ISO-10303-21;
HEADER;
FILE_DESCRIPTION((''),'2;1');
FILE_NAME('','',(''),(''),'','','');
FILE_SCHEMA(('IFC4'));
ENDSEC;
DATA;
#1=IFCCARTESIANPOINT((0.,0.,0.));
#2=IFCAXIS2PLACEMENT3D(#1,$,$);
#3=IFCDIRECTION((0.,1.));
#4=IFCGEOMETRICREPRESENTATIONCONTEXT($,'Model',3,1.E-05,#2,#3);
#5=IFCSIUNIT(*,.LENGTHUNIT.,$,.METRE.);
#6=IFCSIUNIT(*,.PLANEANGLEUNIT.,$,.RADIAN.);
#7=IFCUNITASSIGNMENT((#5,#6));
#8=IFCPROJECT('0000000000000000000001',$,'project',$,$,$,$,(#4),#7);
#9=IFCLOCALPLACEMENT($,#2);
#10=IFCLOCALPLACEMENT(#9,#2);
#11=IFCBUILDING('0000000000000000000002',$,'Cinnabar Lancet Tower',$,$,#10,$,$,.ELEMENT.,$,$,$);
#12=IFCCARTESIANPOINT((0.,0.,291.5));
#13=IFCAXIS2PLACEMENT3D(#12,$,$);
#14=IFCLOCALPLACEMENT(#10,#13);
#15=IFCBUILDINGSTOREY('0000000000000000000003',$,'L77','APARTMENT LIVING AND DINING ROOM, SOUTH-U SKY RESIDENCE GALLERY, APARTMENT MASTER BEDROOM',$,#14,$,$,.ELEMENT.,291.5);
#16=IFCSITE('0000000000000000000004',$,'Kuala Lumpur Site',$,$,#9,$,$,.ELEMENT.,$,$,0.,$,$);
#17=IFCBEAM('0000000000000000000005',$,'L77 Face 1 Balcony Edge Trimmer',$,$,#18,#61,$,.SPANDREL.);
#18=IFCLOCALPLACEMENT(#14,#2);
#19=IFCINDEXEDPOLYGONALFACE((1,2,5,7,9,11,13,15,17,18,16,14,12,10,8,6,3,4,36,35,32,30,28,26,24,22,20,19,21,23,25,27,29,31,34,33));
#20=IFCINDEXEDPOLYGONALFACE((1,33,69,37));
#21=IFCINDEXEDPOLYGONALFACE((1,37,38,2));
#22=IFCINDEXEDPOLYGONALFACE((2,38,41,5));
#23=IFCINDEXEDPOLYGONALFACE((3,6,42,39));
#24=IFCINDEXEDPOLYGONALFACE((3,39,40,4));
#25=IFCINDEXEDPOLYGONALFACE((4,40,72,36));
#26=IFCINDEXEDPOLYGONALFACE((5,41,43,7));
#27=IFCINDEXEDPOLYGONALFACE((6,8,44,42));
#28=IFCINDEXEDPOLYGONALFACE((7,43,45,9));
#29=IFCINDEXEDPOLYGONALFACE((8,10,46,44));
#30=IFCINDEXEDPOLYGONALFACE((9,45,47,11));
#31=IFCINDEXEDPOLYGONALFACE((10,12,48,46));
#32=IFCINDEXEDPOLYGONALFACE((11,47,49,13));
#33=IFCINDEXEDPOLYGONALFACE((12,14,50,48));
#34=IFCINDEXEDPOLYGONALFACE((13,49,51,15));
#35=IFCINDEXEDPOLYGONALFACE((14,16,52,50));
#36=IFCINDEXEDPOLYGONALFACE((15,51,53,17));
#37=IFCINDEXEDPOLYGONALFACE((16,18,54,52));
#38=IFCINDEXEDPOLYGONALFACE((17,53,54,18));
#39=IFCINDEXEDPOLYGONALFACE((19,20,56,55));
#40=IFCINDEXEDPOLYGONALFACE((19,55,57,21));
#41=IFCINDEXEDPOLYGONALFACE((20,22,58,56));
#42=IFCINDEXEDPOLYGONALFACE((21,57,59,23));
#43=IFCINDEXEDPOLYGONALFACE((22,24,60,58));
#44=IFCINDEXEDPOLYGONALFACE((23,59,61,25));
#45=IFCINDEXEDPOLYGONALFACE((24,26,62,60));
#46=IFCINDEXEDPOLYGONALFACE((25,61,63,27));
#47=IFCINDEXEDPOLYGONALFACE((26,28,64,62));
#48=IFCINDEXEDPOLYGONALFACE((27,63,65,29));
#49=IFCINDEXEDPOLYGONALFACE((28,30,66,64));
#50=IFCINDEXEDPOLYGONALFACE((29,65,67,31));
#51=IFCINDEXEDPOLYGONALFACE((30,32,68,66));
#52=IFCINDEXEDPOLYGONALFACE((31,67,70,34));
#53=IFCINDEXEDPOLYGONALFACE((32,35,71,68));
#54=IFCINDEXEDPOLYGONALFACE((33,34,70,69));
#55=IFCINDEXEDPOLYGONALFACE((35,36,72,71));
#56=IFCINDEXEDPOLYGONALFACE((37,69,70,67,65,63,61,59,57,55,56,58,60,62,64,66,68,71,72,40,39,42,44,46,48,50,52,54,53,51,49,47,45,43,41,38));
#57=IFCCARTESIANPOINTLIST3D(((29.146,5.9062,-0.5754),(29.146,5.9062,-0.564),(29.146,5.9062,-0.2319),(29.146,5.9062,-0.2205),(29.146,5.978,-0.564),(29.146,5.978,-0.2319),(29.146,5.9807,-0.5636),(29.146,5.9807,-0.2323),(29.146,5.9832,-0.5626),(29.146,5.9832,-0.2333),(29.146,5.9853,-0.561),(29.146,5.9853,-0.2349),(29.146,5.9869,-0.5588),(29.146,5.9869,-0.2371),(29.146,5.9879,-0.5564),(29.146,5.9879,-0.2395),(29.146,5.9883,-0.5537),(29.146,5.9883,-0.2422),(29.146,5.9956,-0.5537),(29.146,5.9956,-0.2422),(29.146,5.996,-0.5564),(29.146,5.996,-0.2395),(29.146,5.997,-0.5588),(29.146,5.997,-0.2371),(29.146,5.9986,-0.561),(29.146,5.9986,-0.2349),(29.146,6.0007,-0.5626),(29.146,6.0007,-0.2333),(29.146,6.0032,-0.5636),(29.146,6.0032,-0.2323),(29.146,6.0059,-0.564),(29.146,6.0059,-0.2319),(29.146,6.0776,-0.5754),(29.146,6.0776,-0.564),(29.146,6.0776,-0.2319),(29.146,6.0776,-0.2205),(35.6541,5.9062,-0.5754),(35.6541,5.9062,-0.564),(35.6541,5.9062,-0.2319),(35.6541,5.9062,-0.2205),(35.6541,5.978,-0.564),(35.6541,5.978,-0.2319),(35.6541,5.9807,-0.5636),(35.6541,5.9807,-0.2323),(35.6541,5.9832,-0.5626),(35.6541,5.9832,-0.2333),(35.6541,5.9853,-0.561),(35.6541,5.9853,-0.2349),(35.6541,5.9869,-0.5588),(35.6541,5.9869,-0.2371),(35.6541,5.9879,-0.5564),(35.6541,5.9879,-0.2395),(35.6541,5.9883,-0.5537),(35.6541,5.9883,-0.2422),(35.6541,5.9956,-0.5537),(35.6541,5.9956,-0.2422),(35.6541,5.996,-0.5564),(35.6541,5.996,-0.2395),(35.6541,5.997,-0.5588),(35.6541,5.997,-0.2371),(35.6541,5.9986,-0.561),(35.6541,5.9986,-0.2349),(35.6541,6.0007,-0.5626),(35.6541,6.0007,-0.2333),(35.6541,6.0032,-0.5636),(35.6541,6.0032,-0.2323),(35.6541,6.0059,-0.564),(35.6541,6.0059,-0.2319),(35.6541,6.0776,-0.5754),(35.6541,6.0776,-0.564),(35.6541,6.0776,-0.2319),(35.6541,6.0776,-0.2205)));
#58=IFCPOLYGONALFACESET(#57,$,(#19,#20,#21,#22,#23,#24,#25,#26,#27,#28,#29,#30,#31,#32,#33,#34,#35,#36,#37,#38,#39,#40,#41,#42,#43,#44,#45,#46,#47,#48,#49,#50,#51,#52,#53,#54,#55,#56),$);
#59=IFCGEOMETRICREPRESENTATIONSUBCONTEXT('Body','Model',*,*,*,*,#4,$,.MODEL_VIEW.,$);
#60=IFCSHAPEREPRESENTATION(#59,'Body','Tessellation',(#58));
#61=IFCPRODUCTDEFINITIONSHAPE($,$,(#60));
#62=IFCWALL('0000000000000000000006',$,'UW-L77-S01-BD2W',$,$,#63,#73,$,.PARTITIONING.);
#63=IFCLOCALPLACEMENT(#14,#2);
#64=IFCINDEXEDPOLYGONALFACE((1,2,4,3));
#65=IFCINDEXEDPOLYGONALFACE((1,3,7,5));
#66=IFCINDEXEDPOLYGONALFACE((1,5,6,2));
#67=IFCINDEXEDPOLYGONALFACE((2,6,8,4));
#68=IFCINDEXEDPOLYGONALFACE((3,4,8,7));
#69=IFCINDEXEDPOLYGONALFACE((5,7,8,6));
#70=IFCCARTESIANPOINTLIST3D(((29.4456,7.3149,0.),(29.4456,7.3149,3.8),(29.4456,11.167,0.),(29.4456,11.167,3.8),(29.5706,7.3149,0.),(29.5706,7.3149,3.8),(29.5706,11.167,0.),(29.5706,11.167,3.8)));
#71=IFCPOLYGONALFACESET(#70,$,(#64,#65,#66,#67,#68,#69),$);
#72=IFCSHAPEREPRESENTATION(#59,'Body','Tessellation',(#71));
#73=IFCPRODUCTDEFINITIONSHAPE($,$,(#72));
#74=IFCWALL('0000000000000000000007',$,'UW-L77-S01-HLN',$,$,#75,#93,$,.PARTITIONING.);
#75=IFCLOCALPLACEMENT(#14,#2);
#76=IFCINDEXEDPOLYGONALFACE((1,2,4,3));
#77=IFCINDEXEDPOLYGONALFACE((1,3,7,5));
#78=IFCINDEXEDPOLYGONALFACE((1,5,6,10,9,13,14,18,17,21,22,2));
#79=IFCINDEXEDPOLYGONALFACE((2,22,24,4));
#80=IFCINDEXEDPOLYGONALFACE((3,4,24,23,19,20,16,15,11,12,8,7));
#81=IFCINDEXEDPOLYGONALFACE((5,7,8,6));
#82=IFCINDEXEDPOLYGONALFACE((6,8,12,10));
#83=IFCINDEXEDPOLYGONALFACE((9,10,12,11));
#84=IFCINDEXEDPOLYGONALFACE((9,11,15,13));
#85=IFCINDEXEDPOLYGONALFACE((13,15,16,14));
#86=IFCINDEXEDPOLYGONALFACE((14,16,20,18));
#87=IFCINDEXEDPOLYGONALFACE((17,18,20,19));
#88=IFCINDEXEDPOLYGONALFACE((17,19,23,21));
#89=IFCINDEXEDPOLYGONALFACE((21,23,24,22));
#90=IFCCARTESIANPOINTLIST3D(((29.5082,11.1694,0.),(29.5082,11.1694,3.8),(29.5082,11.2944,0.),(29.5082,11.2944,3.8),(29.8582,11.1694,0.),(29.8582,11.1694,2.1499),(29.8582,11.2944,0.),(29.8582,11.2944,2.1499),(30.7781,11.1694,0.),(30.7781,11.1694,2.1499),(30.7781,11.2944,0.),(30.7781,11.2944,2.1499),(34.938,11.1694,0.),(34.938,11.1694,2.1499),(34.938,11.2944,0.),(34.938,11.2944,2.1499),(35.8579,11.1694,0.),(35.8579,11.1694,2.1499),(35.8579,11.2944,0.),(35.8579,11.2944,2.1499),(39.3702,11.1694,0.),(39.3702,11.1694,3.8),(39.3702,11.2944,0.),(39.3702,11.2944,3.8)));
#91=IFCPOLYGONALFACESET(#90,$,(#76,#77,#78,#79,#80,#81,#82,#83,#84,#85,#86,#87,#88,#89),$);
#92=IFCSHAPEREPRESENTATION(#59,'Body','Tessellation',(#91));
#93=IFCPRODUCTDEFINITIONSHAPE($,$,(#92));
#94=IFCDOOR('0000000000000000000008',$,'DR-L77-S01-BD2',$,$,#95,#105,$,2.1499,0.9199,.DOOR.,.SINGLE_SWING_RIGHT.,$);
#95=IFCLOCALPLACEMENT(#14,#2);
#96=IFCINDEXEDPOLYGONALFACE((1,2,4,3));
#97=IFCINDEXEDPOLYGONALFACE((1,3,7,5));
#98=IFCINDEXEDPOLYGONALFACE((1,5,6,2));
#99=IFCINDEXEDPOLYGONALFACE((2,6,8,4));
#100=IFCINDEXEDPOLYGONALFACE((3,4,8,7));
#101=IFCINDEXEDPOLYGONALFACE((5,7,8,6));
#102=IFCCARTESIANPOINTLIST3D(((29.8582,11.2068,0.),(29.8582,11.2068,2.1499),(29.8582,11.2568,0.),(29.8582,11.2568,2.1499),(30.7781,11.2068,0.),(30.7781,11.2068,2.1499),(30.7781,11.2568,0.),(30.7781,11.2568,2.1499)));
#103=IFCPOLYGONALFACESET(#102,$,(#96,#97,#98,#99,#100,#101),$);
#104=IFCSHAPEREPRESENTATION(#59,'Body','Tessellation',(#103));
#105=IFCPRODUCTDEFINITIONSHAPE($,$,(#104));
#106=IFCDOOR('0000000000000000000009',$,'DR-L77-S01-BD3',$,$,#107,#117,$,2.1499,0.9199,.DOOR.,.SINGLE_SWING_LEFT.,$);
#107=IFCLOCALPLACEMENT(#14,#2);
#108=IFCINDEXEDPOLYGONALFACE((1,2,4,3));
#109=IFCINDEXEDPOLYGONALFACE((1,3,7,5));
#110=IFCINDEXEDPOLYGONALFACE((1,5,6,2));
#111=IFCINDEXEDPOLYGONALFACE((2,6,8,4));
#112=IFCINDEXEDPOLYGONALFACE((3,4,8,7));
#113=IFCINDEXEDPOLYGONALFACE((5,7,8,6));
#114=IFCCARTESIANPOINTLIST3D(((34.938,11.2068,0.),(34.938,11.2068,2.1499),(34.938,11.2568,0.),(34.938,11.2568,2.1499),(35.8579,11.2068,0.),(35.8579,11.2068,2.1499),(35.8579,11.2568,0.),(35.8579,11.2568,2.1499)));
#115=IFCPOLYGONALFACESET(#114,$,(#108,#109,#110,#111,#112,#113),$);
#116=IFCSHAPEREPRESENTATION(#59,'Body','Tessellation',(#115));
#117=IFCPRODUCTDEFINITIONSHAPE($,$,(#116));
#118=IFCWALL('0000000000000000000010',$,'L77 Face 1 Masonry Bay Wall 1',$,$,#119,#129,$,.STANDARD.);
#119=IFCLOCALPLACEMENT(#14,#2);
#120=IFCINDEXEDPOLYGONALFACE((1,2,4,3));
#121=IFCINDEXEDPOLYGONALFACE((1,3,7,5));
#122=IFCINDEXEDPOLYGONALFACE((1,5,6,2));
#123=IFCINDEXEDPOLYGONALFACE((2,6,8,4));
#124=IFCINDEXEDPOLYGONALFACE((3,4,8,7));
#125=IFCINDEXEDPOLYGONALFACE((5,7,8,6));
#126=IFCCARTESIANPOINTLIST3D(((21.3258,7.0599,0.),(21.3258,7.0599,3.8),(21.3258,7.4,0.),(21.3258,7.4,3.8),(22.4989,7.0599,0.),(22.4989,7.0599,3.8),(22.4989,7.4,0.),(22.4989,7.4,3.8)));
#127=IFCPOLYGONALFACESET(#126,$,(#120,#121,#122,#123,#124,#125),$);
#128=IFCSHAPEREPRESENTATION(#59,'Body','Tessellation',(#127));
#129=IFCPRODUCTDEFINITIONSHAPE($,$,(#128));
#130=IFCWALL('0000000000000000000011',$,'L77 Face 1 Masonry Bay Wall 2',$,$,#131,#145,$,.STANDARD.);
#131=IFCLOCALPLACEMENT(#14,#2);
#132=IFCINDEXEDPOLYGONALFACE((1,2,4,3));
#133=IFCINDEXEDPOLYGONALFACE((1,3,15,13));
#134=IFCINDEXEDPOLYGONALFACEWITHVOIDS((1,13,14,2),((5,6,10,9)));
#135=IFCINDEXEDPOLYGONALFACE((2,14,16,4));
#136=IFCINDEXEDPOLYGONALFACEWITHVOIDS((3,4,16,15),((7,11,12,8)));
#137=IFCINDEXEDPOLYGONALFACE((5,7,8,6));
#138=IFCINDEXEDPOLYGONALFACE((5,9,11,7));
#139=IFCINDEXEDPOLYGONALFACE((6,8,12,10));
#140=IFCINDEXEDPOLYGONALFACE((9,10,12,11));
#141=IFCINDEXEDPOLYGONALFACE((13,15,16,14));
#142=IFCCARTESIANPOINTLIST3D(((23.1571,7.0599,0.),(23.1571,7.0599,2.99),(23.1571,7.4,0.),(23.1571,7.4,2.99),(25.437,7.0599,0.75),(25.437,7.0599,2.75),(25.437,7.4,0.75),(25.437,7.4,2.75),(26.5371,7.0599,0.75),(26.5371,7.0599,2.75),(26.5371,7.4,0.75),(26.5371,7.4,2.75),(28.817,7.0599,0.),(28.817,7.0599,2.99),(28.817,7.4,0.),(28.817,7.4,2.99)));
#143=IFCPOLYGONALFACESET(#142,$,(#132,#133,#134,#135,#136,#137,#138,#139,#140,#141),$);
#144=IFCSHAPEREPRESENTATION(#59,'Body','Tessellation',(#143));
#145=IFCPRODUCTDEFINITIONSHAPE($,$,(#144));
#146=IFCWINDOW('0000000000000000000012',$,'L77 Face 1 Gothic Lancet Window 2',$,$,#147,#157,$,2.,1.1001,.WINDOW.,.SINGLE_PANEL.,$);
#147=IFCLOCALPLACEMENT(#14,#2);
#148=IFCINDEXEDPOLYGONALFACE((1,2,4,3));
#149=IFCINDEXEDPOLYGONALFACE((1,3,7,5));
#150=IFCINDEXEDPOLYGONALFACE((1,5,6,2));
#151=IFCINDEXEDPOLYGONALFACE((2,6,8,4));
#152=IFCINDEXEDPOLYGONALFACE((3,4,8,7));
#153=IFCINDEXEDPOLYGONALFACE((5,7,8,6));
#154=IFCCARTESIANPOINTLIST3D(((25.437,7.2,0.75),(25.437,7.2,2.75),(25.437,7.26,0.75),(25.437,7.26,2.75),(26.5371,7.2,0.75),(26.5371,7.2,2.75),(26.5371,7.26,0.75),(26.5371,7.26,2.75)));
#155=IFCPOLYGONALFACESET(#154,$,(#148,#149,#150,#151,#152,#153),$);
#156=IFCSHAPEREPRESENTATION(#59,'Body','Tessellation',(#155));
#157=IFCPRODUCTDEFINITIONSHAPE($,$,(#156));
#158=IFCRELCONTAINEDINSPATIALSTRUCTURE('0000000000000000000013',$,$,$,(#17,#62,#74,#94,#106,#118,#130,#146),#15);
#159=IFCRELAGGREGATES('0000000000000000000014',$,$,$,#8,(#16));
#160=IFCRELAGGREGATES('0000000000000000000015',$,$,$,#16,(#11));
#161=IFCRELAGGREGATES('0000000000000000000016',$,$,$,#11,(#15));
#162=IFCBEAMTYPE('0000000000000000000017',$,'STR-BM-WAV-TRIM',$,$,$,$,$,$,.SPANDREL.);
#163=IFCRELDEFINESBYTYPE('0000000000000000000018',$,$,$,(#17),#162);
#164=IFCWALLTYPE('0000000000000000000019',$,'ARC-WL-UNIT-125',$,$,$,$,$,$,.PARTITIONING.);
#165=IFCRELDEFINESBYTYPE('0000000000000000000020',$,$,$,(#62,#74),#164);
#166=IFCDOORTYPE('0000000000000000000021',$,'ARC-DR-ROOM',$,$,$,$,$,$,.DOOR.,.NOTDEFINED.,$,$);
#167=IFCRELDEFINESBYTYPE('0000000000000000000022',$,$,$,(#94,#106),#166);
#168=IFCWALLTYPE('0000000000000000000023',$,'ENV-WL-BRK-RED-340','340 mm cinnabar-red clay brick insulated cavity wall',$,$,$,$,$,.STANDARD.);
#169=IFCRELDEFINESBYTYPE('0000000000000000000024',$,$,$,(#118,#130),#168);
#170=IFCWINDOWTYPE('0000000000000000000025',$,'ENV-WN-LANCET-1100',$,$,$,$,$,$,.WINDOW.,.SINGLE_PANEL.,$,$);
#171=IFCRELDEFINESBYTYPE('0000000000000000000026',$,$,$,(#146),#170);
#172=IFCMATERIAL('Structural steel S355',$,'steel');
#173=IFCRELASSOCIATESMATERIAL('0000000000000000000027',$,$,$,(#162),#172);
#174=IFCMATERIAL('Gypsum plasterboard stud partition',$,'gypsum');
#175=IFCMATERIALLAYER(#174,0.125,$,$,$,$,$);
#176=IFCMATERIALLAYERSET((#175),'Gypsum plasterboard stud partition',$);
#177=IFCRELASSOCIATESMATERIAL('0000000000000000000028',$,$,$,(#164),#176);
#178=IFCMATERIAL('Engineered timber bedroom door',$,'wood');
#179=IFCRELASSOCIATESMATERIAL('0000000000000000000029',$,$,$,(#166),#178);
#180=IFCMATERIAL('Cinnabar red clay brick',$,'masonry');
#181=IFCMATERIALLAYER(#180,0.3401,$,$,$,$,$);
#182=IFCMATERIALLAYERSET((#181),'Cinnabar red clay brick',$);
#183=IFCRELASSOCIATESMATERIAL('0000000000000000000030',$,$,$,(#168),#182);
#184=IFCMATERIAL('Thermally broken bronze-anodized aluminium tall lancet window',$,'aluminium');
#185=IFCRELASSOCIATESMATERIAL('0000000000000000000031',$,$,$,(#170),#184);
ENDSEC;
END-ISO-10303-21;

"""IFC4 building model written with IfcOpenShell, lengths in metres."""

from ifc_helpers import new_model, si_unit, direction, frame, frame_2d, origin, origin_2d, place, context, subcontext, project, spatial, rectangle, i_section, extrude, material, layer, layer_set, material_profile, profile_set, type_object, element, fill, save


model = new_model("IFC4")

# Units and contexts
model_context = context("Model", 3, precision=1e-05, world=origin(), true_north=direction((0.0, 1.0)))
body_context = subcontext(model_context, "Body", "Model", "MODEL_VIEW")
ifc_project = project(units=[si_unit("LENGTHUNIT", "METRE"), si_unit("PLANEANGLEUNIT", "RADIAN")], contexts=[model_context])

# Site, building, storey
site_placement = place(None, origin())
site = spatial("IfcSite", under=ifc_project, at=site_placement, Name="Kuala Lumpur Site", CompositionType="ELEMENT", RefElevation=0.0)
building_placement = place(site_placement, origin())
building = spatial("IfcBuilding", under=site, at=building_placement, Name="Cinnabar Lancet Tower", CompositionType="ELEMENT")
storey_placement = place(building_placement, frame((0.0, 0.0, 291.5)))
storey = spatial("IfcBuildingStorey", under=building, at=storey_placement, Name="L77", Description="APARTMENT LIVING AND DINING ROOM, SOUTH-U SKY RESIDENCE GALLERY, APARTMENT MASTER BEDROOM", CompositionType="ELEMENT", Elevation=291.5)

# Beam
ifc_material_1 = material(Name="Structural steel S355", Category="steel")
ifc_material_profile_1 = material_profile(ifc_material_1, i_section(OverallWidth=0.1714, OverallDepth=0.355, WebThickness=0.0073, FlangeThickness=0.0115, FilletRadius=0.0103, at=origin_2d()), Name="UKB 356x171x51")
ifc_profile_set_1 = profile_set([ifc_material_profile_1], Name="Structural steel S355")
beam_type_1 = type_object("IfcBeamType", Name="STR-BM-WAV-TRIM", PredefinedType="SPANDREL", material=ifc_profile_set_1)
beam_1_placement = place(storey_placement, frame((29.146, 5.9919, -0.3979), z_axis=(1.0, 0.0, 0.0), x_axis=(0.0, 1.0, 0.0)))
element("IfcBeam", 1, at=beam_1_placement, inside=storey, type_object=beam_type_1, Name="L77 Face 1 Balcony Edge Trimmer", PredefinedType="SPANDREL", context=body_context, shape_type="SweptSolid", body=[
    extrude(i_section(OverallWidth=0.1714, OverallDepth=0.355, WebThickness=0.0073, FlangeThickness=0.0115, FilletRadius=0.0103, at=origin_2d()), origin(), (0.0, 0.0, 1.0), 6.5081),
])

# Wall
ifc_material_2 = material(Name="Gypsum plasterboard stud partition", Category="gypsum")
ifc_layer_1 = layer(ifc_material_2, 0.125)
ifc_layer_set_1 = layer_set([ifc_layer_1], Name="Gypsum plasterboard stud partition")
wall_type_1 = type_object("IfcWallType", Name="ARC-WL-UNIT-125", PredefinedType="PARTITIONING", material=ifc_layer_set_1)
wall_1_placement = place(storey_placement, frame((29.5081, 7.3149, 0.0), z_axis=(0.0, 0.0, 1.0), x_axis=(0.0, 1.0, 0.0)))
element("IfcWall", 2, at=wall_1_placement, inside=storey, type_object=wall_type_1, Name="UW-L77-S01-BD2W", PredefinedType="PARTITIONING", context=body_context, shape_type="SweptSolid", body=[
    extrude(rectangle(XDim=3.8521, YDim=0.125, at=frame_2d((1.926, 0.0))), origin(), (0.0, 0.0, 1.0), 3.8),
])

# Wall, openings, doors
wall_2_placement = place(storey_placement, frame((29.5081, 11.2319, 0.0), z_axis=(0.0, 0.0, 1.0), x_axis=(1.0, 0.0, 0.0)))
wall_2 = element("IfcWall", 3, at=wall_2_placement, inside=storey, type_object=wall_type_1, Name="UW-L77-S01-HLN", PredefinedType="PARTITIONING", context=body_context, shape_type="SweptSolid", body=[
    extrude(rectangle(XDim=9.8621, YDim=0.125, at=frame_2d((4.9312, 0.0))), origin(), (0.0, 0.0, 1.0), 3.8),
])
opening_1_placement = place(wall_2_placement, frame((0.3501, 0.0, 0.0)))
opening_1 = element("IfcOpeningElement", 4, at=opening_1_placement, cuts=wall_2, PredefinedType="OPENING", context=body_context, shape_type="SweptSolid", body=[
    extrude(rectangle(XDim=0.9199, YDim=2.1499, at=frame_2d((0.46, 1.075))), frame((0.0, 0.0725, 0.0), z_axis=(0.0, -1.0, 0.0), x_axis=(1.0, 0.0, 0.0)), (0.0, 0.0, 1.0), 0.145),
])
opening_2_placement = place(wall_2_placement, frame((5.4299, 0.0, 0.0)))
opening_2 = element("IfcOpeningElement", 5, at=opening_2_placement, cuts=wall_2, PredefinedType="OPENING", context=body_context, shape_type="SweptSolid", body=[
    extrude(rectangle(XDim=0.9199, YDim=2.1499, at=frame_2d((0.46, 1.075))), frame((0.0, 0.0725, 0.0), z_axis=(0.0, -1.0, 0.0), x_axis=(1.0, 0.0, 0.0)), (0.0, 0.0, 1.0), 0.145),
])
ifc_material_3 = material(Name="Engineered timber bedroom door", Category="wood")
door_type_1 = type_object("IfcDoorType", Name="ARC-DR-ROOM", OperationType="NOTDEFINED", PredefinedType="DOOR", material=ifc_material_3)
door_1_placement = place(opening_1_placement, origin())
door_1 = element("IfcDoor", 6, at=door_1_placement, inside=storey, type_object=door_type_1, Name="DR-L77-S01-BD2", OperationType="SINGLE_SWING_RIGHT", OverallHeight=2.1499, OverallWidth=0.9199, PredefinedType="DOOR", context=body_context, shape_type="SweptSolid", body=[
    extrude(rectangle(XDim=0.9199, YDim=2.1499, at=frame_2d((0.46, 1.075))), frame((0.0, 0.0249, 0.0), z_axis=(0.0, -1.0, 0.0), x_axis=(1.0, 0.0, 0.0)), (0.0, 0.0, 1.0), 0.05),
])
fill(opening_1, door_1)
door_2_placement = place(opening_2_placement, origin())
door_2 = element("IfcDoor", 7, at=door_2_placement, inside=storey, type_object=door_type_1, Name="DR-L77-S01-BD3", OperationType="SINGLE_SWING_LEFT", OverallHeight=2.1499, OverallWidth=0.9199, PredefinedType="DOOR", context=body_context, shape_type="SweptSolid", body=[
    extrude(rectangle(XDim=0.9199, YDim=2.1499, at=frame_2d((0.46, 1.075))), frame((0.0, 0.0249, 0.0), z_axis=(0.0, -1.0, 0.0), x_axis=(1.0, 0.0, 0.0)), (0.0, 0.0, 1.0), 0.05),
])
fill(opening_2, door_2)

# Wall
ifc_material_4 = material(Name="Cinnabar red clay brick", Category="masonry")
ifc_layer_2 = layer(ifc_material_4, 0.3401)
ifc_layer_set_2 = layer_set([ifc_layer_2], Name="Cinnabar red clay brick")
wall_type_2 = type_object("IfcWallType", Name="ENV-WL-BRK-RED-340", Description="340 mm cinnabar-red clay brick insulated cavity wall", PredefinedType="STANDARD", material=ifc_layer_set_2)
wall_3_placement = place(storey_placement, frame((21.3259, 7.23, 0.0), z_axis=(0.0, 0.0, 1.0), x_axis=(1.0, 0.0, 0.0)))
element("IfcWall", 8, at=wall_3_placement, inside=storey, type_object=wall_type_2, Name="L77 Face 1 Masonry Bay Wall 1", PredefinedType="STANDARD", context=body_context, shape_type="SweptSolid", body=[
    extrude(rectangle(XDim=1.1731, YDim=0.3401, at=frame_2d((0.5864, 0.0))), origin(), (0.0, 0.0, 1.0), 3.8),
])

# Wall, opening, window
wall_4_placement = place(storey_placement, frame((23.157, 7.23, 0.0), z_axis=(0.0, 0.0, 1.0), x_axis=(1.0, 0.0, 0.0)))
wall_4 = element("IfcWall", 9, at=wall_4_placement, inside=storey, type_object=wall_type_2, Name="L77 Face 1 Masonry Bay Wall 2", PredefinedType="STANDARD", context=body_context, shape_type="SweptSolid", body=[
    extrude(rectangle(XDim=5.6599, YDim=0.3401, at=frame_2d((2.8301, 0.0))), origin(), (0.0, 0.0, 1.0), 2.99),
])
opening_3_placement = place(wall_4_placement, frame((2.28, 0.0, 0.75)))
opening_3 = element("IfcOpeningElement", 10, at=opening_3_placement, cuts=wall_4, PredefinedType="OPENING", context=body_context, shape_type="SweptSolid", body=[
    extrude(rectangle(XDim=1.1001, YDim=2.0, at=frame_2d((0.55, 1.0))), frame((0.0, 0.1799, 0.0), z_axis=(0.0, -1.0, 0.0), x_axis=(1.0, 0.0, 0.0)), (0.0, 0.0, 1.0), 0.3601),
])
ifc_material_5 = material(Name="Thermally broken bronze-anodized aluminium tall lancet window", Category="aluminium")
window_type = type_object("IfcWindowType", Name="ENV-WN-LANCET-1100", PartitioningType="SINGLE_PANEL", PredefinedType="WINDOW", material=ifc_material_5)
window_placement = place(opening_3_placement, origin())
window = element("IfcWindow", 11, at=window_placement, inside=storey, type_object=window_type, Name="L77 Face 1 Gothic Lancet Window 2", OverallHeight=2.0, OverallWidth=1.1001, PartitioningType="SINGLE_PANEL", PredefinedType="WINDOW", context=body_context, shape_type="SweptSolid", body=[
    extrude(rectangle(XDim=1.1001, YDim=2.0, at=frame_2d((0.55, 1.0))), frame((0.0, 0.03, 0.0), z_axis=(0.0, -1.0, 0.0), x_axis=(1.0, 0.0, 0.0)), (0.0, 0.0, 1.0), 0.0601),
])
fill(opening_3, window)

save(model, "model.ifc")
